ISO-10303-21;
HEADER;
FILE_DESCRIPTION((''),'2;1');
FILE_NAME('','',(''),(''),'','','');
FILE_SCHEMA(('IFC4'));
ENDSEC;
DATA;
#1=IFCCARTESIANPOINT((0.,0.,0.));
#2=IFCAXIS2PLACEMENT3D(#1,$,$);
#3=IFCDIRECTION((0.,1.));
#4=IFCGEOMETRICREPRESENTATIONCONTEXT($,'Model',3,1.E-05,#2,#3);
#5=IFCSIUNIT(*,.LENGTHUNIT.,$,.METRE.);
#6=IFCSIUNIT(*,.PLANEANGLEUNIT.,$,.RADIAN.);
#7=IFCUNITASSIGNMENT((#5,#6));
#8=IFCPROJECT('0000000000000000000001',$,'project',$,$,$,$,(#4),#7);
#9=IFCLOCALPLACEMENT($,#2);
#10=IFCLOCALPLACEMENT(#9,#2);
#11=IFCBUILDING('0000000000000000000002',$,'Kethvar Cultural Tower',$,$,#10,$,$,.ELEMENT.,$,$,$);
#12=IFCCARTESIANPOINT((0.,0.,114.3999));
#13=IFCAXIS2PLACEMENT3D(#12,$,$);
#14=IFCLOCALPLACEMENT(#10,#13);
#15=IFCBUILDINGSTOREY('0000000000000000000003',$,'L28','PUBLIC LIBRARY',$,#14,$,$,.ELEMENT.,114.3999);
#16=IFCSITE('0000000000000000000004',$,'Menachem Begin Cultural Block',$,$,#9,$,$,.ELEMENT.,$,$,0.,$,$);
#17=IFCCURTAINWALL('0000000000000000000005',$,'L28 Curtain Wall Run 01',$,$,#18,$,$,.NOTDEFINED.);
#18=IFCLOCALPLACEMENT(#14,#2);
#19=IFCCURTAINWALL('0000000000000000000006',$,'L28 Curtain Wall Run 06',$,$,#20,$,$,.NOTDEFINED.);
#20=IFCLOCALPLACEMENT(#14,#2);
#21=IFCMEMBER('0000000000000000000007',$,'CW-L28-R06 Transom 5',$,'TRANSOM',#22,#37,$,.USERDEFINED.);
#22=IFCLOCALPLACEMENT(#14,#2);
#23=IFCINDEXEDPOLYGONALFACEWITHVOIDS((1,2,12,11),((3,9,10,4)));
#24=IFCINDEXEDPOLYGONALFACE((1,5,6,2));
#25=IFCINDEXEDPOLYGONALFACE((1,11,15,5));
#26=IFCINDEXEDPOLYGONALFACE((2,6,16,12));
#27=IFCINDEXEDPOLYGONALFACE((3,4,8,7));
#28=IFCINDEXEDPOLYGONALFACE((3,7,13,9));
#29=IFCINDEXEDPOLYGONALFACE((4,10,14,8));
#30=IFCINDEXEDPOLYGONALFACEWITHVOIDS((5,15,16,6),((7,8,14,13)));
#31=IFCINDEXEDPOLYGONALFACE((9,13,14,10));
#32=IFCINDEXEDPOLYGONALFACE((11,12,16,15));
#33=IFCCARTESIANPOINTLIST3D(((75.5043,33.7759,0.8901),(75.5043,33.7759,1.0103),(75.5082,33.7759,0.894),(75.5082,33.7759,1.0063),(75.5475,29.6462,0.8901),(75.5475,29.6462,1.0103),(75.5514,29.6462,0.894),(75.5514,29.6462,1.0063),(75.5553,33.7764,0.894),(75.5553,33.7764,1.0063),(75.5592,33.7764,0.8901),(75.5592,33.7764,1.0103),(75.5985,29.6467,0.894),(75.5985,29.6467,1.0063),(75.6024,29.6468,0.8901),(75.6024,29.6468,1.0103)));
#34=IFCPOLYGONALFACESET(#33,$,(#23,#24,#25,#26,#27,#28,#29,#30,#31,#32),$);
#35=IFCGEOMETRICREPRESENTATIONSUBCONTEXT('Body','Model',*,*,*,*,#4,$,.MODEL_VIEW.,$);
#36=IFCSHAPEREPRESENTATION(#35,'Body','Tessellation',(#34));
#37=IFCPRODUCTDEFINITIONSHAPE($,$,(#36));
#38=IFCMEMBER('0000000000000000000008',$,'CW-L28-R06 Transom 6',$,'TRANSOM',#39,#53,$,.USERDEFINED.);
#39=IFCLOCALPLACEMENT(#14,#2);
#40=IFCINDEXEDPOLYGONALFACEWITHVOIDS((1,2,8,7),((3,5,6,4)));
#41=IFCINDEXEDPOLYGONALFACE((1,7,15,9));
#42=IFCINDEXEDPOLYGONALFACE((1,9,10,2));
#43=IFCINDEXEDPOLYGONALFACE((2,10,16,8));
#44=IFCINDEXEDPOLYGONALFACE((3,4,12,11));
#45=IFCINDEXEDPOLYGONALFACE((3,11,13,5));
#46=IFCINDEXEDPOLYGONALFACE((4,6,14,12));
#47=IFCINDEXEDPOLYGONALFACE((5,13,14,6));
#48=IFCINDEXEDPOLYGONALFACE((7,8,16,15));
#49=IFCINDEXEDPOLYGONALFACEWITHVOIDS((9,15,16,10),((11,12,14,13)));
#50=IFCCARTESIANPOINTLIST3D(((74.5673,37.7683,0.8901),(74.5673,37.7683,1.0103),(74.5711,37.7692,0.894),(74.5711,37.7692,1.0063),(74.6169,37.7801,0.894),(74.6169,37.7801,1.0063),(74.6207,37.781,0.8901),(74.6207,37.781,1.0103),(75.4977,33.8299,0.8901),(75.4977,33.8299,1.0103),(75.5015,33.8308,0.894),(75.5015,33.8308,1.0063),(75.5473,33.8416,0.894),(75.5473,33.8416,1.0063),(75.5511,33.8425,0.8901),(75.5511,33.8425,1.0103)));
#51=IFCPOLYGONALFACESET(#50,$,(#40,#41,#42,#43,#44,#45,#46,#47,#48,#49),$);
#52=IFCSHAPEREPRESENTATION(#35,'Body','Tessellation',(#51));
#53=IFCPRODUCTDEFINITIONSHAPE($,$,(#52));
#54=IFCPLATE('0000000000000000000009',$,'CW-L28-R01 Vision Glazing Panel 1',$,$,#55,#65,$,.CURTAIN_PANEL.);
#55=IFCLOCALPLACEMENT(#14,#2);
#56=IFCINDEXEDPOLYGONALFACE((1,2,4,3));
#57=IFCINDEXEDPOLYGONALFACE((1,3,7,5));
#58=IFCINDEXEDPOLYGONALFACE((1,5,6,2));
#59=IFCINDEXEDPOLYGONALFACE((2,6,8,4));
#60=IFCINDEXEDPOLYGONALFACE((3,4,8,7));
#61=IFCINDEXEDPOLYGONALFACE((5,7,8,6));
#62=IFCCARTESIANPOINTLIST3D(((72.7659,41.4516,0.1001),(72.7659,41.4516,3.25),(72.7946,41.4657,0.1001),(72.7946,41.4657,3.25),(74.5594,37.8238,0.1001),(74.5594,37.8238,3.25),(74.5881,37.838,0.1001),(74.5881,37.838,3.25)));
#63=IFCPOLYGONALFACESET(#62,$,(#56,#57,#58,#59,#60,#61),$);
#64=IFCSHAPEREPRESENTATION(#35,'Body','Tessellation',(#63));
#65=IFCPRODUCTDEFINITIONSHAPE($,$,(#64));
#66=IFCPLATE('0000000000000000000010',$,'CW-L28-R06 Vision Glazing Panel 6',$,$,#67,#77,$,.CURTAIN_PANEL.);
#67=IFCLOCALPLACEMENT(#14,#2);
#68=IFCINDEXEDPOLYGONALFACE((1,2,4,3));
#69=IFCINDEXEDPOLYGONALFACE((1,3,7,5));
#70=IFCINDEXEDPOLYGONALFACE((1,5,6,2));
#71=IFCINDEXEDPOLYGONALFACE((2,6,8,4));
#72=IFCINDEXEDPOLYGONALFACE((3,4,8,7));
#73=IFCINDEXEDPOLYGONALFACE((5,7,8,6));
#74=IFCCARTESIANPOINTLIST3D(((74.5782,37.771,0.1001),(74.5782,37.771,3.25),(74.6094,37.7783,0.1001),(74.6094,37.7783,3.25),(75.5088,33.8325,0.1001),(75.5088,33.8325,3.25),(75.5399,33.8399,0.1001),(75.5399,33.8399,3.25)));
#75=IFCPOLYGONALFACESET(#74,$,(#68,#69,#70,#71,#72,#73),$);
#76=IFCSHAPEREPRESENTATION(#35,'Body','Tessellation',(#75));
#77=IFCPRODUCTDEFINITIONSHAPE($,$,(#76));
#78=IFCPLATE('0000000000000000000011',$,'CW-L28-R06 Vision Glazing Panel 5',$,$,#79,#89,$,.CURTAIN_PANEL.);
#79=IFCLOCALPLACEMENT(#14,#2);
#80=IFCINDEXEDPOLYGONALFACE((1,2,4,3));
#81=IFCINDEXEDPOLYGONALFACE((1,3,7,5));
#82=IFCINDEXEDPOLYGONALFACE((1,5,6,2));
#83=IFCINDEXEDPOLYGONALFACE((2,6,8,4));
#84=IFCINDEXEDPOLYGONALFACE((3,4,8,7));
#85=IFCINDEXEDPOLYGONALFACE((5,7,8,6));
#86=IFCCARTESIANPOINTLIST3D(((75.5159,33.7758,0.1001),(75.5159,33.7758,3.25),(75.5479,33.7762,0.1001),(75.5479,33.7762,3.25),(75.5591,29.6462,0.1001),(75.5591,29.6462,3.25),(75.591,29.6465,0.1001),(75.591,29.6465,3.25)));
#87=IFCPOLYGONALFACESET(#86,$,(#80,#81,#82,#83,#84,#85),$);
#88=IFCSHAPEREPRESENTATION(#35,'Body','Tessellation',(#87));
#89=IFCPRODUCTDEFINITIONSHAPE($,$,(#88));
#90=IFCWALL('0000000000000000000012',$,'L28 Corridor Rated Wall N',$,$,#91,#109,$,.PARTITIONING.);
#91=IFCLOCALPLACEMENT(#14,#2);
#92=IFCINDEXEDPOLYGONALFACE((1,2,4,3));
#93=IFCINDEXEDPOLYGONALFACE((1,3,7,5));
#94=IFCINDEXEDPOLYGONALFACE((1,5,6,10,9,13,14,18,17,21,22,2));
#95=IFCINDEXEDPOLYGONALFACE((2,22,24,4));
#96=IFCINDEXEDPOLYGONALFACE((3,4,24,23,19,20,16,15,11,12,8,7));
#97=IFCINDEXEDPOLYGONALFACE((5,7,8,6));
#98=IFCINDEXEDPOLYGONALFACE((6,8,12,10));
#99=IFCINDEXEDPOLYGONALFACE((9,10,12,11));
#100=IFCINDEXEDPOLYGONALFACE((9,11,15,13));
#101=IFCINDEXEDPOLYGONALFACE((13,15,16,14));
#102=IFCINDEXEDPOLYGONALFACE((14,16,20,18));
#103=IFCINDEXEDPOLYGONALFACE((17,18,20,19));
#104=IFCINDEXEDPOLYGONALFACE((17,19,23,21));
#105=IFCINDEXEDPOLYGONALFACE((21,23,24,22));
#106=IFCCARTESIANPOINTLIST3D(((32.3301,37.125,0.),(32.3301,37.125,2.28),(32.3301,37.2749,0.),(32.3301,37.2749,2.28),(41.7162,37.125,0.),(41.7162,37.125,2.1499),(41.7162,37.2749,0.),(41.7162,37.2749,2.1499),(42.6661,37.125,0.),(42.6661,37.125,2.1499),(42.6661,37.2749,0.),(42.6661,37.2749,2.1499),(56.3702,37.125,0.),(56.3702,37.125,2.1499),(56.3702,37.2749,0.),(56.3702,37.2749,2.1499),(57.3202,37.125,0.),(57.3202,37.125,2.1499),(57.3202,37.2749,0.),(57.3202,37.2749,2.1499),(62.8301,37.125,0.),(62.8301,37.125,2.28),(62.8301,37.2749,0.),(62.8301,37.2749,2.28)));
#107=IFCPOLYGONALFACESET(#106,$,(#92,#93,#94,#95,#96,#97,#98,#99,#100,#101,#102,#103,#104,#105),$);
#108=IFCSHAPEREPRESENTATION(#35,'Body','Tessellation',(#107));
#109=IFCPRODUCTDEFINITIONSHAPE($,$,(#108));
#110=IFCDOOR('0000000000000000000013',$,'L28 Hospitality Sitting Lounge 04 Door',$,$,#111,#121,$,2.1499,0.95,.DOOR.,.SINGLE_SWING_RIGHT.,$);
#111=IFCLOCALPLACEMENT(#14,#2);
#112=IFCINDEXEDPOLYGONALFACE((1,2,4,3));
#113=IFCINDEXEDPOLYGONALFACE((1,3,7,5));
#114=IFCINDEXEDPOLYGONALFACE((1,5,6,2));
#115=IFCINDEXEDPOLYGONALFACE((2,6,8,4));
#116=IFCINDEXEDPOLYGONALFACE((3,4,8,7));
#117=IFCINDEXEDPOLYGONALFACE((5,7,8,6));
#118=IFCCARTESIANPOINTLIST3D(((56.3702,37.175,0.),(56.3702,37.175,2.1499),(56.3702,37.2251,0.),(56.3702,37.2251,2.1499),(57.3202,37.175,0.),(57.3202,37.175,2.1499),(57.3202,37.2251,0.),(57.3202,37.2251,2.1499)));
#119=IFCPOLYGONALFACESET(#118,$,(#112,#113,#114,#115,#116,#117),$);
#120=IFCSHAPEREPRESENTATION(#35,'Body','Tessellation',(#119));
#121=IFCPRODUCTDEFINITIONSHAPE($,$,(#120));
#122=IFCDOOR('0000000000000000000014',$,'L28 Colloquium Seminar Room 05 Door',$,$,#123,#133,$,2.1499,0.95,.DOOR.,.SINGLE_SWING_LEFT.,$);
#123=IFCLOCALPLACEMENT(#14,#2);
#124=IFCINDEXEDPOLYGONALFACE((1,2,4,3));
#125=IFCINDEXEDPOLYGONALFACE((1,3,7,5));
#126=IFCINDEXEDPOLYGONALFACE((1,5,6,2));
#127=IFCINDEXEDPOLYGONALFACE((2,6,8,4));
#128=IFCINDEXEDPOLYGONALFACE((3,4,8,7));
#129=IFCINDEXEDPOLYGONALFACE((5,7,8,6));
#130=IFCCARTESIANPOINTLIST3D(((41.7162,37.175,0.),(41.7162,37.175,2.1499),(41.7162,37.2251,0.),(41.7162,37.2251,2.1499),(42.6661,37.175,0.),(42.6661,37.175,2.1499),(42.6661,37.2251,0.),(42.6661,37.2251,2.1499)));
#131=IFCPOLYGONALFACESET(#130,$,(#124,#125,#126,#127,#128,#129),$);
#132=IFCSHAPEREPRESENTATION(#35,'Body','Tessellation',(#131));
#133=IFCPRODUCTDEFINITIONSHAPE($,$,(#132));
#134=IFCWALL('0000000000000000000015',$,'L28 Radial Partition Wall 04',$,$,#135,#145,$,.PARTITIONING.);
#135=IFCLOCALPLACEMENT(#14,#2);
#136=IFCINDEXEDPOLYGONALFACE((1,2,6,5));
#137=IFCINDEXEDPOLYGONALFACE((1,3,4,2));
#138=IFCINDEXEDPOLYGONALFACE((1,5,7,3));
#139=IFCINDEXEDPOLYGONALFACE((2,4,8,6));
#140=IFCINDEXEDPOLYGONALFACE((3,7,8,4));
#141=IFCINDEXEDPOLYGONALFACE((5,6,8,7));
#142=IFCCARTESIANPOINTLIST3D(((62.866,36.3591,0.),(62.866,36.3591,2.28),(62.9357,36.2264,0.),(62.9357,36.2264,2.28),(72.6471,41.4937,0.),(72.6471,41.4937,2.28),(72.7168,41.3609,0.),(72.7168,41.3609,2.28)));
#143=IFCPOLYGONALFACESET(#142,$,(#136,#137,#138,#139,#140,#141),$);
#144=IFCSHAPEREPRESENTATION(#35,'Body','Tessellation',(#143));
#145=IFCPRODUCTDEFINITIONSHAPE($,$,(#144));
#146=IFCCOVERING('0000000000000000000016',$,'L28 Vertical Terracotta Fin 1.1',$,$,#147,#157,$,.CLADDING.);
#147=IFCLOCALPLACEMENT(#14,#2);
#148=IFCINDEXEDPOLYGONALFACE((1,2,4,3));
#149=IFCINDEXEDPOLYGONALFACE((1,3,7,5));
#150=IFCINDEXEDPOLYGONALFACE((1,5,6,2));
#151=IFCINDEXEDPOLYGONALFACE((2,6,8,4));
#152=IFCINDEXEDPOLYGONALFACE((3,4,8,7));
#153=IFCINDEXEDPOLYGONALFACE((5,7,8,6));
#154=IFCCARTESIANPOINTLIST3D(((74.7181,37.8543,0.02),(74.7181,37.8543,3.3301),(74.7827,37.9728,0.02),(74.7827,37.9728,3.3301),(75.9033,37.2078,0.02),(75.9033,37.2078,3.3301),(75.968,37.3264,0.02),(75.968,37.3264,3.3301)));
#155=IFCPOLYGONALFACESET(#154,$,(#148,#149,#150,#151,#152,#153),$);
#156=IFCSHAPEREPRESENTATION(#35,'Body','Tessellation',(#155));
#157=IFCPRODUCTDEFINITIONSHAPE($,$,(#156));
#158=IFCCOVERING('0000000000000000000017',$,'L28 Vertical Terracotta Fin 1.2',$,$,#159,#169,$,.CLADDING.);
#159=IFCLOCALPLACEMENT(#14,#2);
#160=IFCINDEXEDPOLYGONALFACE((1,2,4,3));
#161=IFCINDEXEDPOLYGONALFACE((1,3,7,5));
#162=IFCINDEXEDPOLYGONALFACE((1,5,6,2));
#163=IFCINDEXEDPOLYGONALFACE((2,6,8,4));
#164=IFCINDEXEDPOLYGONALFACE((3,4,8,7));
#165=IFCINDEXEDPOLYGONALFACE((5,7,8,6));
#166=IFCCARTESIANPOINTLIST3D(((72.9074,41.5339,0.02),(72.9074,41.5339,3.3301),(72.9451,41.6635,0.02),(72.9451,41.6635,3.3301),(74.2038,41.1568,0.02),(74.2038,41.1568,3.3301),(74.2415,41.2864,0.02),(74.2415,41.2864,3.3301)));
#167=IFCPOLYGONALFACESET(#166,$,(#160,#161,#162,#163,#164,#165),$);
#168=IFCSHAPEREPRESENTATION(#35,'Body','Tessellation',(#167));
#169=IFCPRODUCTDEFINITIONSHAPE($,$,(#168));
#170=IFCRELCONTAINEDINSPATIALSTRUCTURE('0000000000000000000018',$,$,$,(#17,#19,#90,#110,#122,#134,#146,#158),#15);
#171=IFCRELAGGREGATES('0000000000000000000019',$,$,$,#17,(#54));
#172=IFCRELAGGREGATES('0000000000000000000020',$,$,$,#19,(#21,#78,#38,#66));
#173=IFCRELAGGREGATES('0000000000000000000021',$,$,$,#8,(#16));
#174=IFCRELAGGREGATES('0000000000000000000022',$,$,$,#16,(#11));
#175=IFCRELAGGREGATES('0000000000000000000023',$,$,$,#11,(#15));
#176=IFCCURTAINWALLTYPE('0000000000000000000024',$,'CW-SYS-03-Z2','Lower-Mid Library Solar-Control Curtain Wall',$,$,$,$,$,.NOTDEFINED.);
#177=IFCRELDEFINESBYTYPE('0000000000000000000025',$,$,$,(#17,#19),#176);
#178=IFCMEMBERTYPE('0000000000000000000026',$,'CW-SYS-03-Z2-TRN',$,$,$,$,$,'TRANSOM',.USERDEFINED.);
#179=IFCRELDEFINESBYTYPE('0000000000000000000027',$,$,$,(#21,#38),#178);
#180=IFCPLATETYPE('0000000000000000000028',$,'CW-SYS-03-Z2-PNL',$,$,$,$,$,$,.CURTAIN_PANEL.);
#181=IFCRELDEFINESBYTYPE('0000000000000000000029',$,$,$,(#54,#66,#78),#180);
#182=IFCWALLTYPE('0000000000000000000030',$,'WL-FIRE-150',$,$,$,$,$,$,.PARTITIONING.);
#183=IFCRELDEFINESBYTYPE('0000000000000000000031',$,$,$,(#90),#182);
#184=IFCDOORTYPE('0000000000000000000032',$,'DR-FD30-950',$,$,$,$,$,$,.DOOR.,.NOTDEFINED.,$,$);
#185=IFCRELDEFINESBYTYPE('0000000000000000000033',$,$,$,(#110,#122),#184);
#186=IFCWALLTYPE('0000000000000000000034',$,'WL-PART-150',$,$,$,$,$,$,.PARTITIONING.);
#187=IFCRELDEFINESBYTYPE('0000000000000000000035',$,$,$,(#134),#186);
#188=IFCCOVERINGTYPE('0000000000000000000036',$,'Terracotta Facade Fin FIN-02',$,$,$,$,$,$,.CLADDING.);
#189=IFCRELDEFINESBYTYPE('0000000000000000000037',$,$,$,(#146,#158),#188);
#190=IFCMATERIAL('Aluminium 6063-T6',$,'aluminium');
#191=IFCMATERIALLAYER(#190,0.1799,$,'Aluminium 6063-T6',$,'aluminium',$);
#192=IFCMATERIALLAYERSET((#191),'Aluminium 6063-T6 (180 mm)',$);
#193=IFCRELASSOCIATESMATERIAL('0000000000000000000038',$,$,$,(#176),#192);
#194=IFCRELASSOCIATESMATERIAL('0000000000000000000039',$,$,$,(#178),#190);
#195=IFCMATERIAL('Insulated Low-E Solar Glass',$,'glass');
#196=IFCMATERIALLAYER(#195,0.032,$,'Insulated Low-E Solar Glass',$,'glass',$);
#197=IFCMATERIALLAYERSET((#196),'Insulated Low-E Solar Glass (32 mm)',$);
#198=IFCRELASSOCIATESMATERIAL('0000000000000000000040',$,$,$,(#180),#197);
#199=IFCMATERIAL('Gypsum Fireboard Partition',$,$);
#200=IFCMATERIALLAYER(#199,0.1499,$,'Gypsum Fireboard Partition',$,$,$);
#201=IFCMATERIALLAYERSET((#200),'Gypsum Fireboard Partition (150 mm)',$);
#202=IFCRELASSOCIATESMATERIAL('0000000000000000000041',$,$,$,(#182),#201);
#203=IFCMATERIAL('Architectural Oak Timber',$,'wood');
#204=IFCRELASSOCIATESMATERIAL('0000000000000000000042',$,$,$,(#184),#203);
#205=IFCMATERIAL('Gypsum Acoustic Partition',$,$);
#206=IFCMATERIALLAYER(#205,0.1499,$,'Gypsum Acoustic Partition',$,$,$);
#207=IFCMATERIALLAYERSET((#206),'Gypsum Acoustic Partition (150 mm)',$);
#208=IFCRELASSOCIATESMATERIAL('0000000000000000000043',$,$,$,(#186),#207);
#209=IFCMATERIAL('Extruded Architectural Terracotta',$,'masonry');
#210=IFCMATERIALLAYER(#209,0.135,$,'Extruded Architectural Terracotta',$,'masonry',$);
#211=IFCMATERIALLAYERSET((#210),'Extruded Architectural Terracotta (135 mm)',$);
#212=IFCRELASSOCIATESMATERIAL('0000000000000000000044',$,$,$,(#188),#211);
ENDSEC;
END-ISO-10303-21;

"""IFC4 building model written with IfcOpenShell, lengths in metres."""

from ifc_helpers import new_model, si_unit, direction, frame, frame_2d, origin, origin_2d, place, context, subcontext, project, spatial, rectangle, hollow_rectangle, extrude, source, transform, mapped, material, layer, layer_set, material_profile, profile_set, type_object, element, fill, aggregate, save


model = new_model("IFC4")

# Units and contexts
model_context = context("Model", 3, precision=1e-05, world=origin(), true_north=direction((0.0, 1.0)))
body_context = subcontext(model_context, "Body", "Model", "MODEL_VIEW")
ifc_project = project(units=[si_unit("LENGTHUNIT", "METRE"), si_unit("PLANEANGLEUNIT", "RADIAN")], contexts=[model_context])

# Site, building, storey
site_placement = place(None, origin())
site = spatial("IfcSite", under=ifc_project, at=site_placement, Name="Menachem Begin Cultural Block", CompositionType="ELEMENT", RefElevation=0.0)
building_placement = place(site_placement, origin())
building = spatial("IfcBuilding", under=site, at=building_placement, Name="Kethvar Cultural Tower", CompositionType="ELEMENT")
storey_placement = place(building_placement, frame((0.0, 0.0, 114.3999)))
storey = spatial("IfcBuildingStorey", under=building, at=storey_placement, Name="L28", Description="PUBLIC LIBRARY", CompositionType="ELEMENT", Elevation=114.3999)

# Curtain walls
ifc_material_1 = material(Name="Aluminium 6063-T6", Category="aluminium")
ifc_layer_1 = layer(ifc_material_1, 0.1799, Name="Aluminium 6063-T6", Category="aluminium")
ifc_layer_set_1 = layer_set([ifc_layer_1], Name="Aluminium 6063-T6 (180 mm)")
curtain_wall_type = type_object("IfcCurtainWallType", Name="CW-SYS-03-Z2", Description="Lower-Mid Library Solar-Control Curtain Wall", PredefinedType="NOTDEFINED", material=ifc_layer_set_1)
curtain_wall_1_placement = place(storey_placement, origin())
curtain_wall_1 = element("IfcCurtainWall", 1, at=curtain_wall_1_placement, inside=storey, type_object=curtain_wall_type, Name="L28 Curtain Wall Run 01", PredefinedType="NOTDEFINED")
curtain_wall_2_placement = place(storey_placement, origin())
curtain_wall_2 = element("IfcCurtainWall", 2, at=curtain_wall_2_placement, inside=storey, type_object=curtain_wall_type, Name="L28 Curtain Wall Run 06", PredefinedType="NOTDEFINED")

# Members
ifc_material_profile_1 = material_profile(ifc_material_1, hollow_rectangle(XDim=0.0549, YDim=0.1201, WallThickness=0.0039, at=origin_2d()), Name="Aluminium 6063-T6 — RHS120x55x4")
ifc_profile_set_1 = profile_set([ifc_material_profile_1], Name="Aluminium 6063-T6 — RHS120x55x4")
member_type_1 = type_object("IfcMemberType", Name="CW-SYS-03-Z2-TRN", ElementType="TRANSOM", PredefinedType="USERDEFINED", material=ifc_profile_set_1)
shared_shape_1 = source(origin(), body_context, "Body", "SweptSolid", [
    extrude(hollow_rectangle(XDim=0.0549, YDim=0.1201, WallThickness=0.0039, at=origin_2d()), origin(), (0.0, 0.0, 1.0), 4.1299),
])
member_1_placement = place(storey_placement, frame((75.575, 29.6465, 0.9502), z_axis=(-0.010464, 0.999945, 0.0), x_axis=(-0.999945, -0.010464, 0.0)))
member_1 = element("IfcMember", 3, at=member_1_placement, type_object=member_type_1, Name="CW-L28-R06 Transom 5", ObjectType="TRANSOM", PredefinedType="USERDEFINED", context=body_context, shape_type="MappedRepresentation", body=[
    mapped(shared_shape_1, transform((0.0, 0.0, 0.0), scale=1.0)),
])
shared_shape_2 = source(origin(), body_context, "Body", "SweptSolid", [
    extrude(hollow_rectangle(XDim=0.0549, YDim=0.1201, WallThickness=0.0039, at=origin_2d()), origin(), (0.0, 0.0, 1.0), 4.0469),
])
member_2_placement = place(storey_placement, frame((75.5244, 33.8362, 0.9502), z_axis=(-0.22991, 0.973212, 0.0), x_axis=(-0.973212, -0.22991, 0.0)))
member_2 = element("IfcMember", 4, at=member_2_placement, type_object=member_type_1, Name="CW-L28-R06 Transom 6", ObjectType="TRANSOM", PredefinedType="USERDEFINED", context=body_context, shape_type="MappedRepresentation", body=[
    mapped(shared_shape_2, transform((0.0, 0.0, 0.0), scale=1.0)),
])

# Plates
ifc_material_2 = material(Name="Insulated Low-E Solar Glass", Category="glass")
ifc_layer_2 = layer(ifc_material_2, 0.032, Name="Insulated Low-E Solar Glass", Category="glass")
ifc_layer_set_2 = layer_set([ifc_layer_2], Name="Insulated Low-E Solar Glass (32 mm)")
plate_type = type_object("IfcPlateType", Name="CW-SYS-03-Z2-PNL", PredefinedType="CURTAIN_PANEL", material=ifc_layer_set_2)
shared_shape_3 = source(origin(), body_context, "Body", "SweptSolid", [
    extrude(rectangle(XDim=4.0469, YDim=0.032, at=origin_2d()), origin(), (0.0, 0.0, 1.0), 3.1499),
])
plate_1_placement = place(storey_placement, frame((73.677, 39.6448, 0.1001), z_axis=(0.0, 0.0, 1.0), x_axis=(-0.443181, 0.896432, 0.0)))
plate_1 = element("IfcPlate", 5, at=plate_1_placement, type_object=plate_type, Name="CW-L28-R01 Vision Glazing Panel 1", PredefinedType="CURTAIN_PANEL", context=body_context, shape_type="MappedRepresentation", body=[
    mapped(shared_shape_3, transform((0.0, 0.0, 0.0), scale=1.0)),
])
aggregate(curtain_wall_1, [plate_1])
plate_2_placement = place(storey_placement, frame((75.0591, 35.8054, 0.1001), z_axis=(0.0, 0.0, 1.0), x_axis=(-0.229948, 0.973203, 0.0)))
plate_2 = element("IfcPlate", 6, at=plate_2_placement, type_object=plate_type, Name="CW-L28-R06 Vision Glazing Panel 6", PredefinedType="CURTAIN_PANEL", context=body_context, shape_type="MappedRepresentation", body=[
    mapped(shared_shape_3, transform((0.0, 0.0, 0.0), scale=1.0)),
])
shared_shape_4 = source(origin(), body_context, "Body", "SweptSolid", [
    extrude(rectangle(XDim=4.1299, YDim=0.032, at=origin_2d()), origin(), (0.0, 0.0, 1.0), 3.1499),
])
plate_3_placement = place(storey_placement, frame((75.5535, 31.7112, 0.1001), z_axis=(0.0, 0.0, 1.0), x_axis=(-0.010454, 0.999945, 0.0)))
plate_3 = element("IfcPlate", 7, at=plate_3_placement, type_object=plate_type, Name="CW-L28-R06 Vision Glazing Panel 5", PredefinedType="CURTAIN_PANEL", context=body_context, shape_type="MappedRepresentation", body=[
    mapped(shared_shape_4, transform((0.0, 0.0, 0.0), scale=1.0)),
])
aggregate(curtain_wall_2, [member_1, plate_3, member_2, plate_2])

# Wall, openings, doors
ifc_material_3 = material(Name="Gypsum Fireboard Partition")
ifc_layer_3 = layer(ifc_material_3, 0.1499, Name="Gypsum Fireboard Partition")
ifc_layer_set_3 = layer_set([ifc_layer_3], Name="Gypsum Fireboard Partition (150 mm)")
wall_type_1 = type_object("IfcWallType", Name="WL-FIRE-150", PredefinedType="PARTITIONING", material=ifc_layer_set_3)
wall_1_placement = place(storey_placement, frame((62.8301, 37.2, 0.0), z_axis=(0.0, 0.0, 1.0), x_axis=(-1.0, 0.0, 0.0)))
wall_1 = element("IfcWall", 8, at=wall_1_placement, inside=storey, type_object=wall_type_1, Name="L28 Corridor Rated Wall N", PredefinedType="PARTITIONING", context=body_context, shape_type="SweptSolid", body=[
    extrude(rectangle(XDim=30.5, YDim=0.1499, at=frame_2d((15.25, 0.0))), origin(), (0.0, 0.0, 1.0), 2.28),
])
opening_1_placement = place(wall_1_placement, frame((5.5098, 0.0, 0.0)))
opening_1 = element("IfcOpeningElement", 9, at=opening_1_placement, cuts=wall_1, PredefinedType="OPENING", context=body_context, shape_type="SweptSolid", body=[
    extrude(rectangle(XDim=0.95, YDim=2.1499, at=frame_2d((0.4751, 1.075))), frame((0.0, 0.085, 0.0), z_axis=(0.0, -1.0, 0.0), x_axis=(1.0, 0.0, 0.0)), (0.0, 0.0, 1.0), 0.1699),
])
opening_2_placement = place(wall_1_placement, frame((20.1638, 0.0, 0.0)))
opening_2 = element("IfcOpeningElement", 10, at=opening_2_placement, cuts=wall_1, PredefinedType="OPENING", context=body_context, shape_type="SweptSolid", body=[
    extrude(rectangle(XDim=0.95, YDim=2.1499, at=frame_2d((0.4751, 1.075))), frame((0.0, 0.085, 0.0), z_axis=(0.0, -1.0, 0.0), x_axis=(1.0, 0.0, 0.0)), (0.0, 0.0, 1.0), 0.1699),
])
ifc_material_4 = material(Name="Architectural Oak Timber", Category="wood")
door_type = type_object("IfcDoorType", Name="DR-FD30-950", OperationType="NOTDEFINED", PredefinedType="DOOR", material=ifc_material_4)
shared_shape_5 = source(origin(), body_context, "Body", "SweptSolid", [
    extrude(rectangle(XDim=0.95, YDim=2.1499, at=frame_2d((0.4751, 1.075))), frame((0.0, 0.0249, 0.0), z_axis=(0.0, -1.0, 0.0), x_axis=(1.0, 0.0, 0.0)), (0.0, 0.0, 1.0), 0.05),
])
door_1_placement = place(opening_1_placement, origin())
door_1 = element("IfcDoor", 11, at=door_1_placement, inside=storey, type_object=door_type, Name="L28 Hospitality Sitting Lounge 04 Door", OperationType="SINGLE_SWING_RIGHT", OverallHeight=2.1499, OverallWidth=0.95, PredefinedType="DOOR", context=body_context, shape_type="MappedRepresentation", body=[
    mapped(shared_shape_5, transform((0.0, 0.0, 0.0), scale=1.0)),
])
fill(opening_1, door_1)
door_2_placement = place(opening_2_placement, origin())
door_2 = element("IfcDoor", 12, at=door_2_placement, inside=storey, type_object=door_type, Name="L28 Colloquium Seminar Room 05 Door", OperationType="SINGLE_SWING_LEFT", OverallHeight=2.1499, OverallWidth=0.95, PredefinedType="DOOR", context=body_context, shape_type="MappedRepresentation", body=[
    mapped(shared_shape_5, transform((0.0, 0.0, 0.0), scale=1.0)),
])
fill(opening_2, door_2)

# Wall
ifc_material_5 = material(Name="Gypsum Acoustic Partition")
ifc_layer_4 = layer(ifc_material_5, 0.1499, Name="Gypsum Acoustic Partition")
ifc_layer_set_4 = layer_set([ifc_layer_4], Name="Gypsum Acoustic Partition (150 mm)")
wall_type_2 = type_object("IfcWallType", Name="WL-PART-150", PredefinedType="PARTITIONING", material=ifc_layer_set_4)
wall_2_placement = place(storey_placement, frame((62.9009, 36.2927, 0.0), z_axis=(0.0, 0.0, 1.0), x_axis=(0.885417, 0.464798, 0.0)))
element("IfcWall", 13, at=wall_2_placement, inside=storey, type_object=wall_type_2, Name="L28 Radial Partition Wall 04", PredefinedType="PARTITIONING", context=body_context, shape_type="SweptSolid", body=[
    extrude(rectangle(XDim=11.0469, YDim=0.1499, at=frame_2d((5.5234, 0.0))), origin(), (0.0, 0.0, 1.0), 2.28),
])

# Coverings
ifc_material_6 = material(Name="Extruded Architectural Terracotta", Category="masonry")
ifc_layer_5 = layer(ifc_material_6, 0.135, Name="Extruded Architectural Terracotta", Category="masonry")
ifc_layer_set_5 = layer_set([ifc_layer_5], Name="Extruded Architectural Terracotta (135 mm)")
covering_type = type_object("IfcCoveringType", Name="Terracotta Facade Fin FIN-02", PredefinedType="CLADDING", material=ifc_layer_set_5)
shared_shape_6 = source(origin(), body_context, "Body", "SweptSolid", [
    extrude(rectangle(XDim=1.3501, YDim=0.135, at=origin_2d()), origin(), (0.0, 0.0, 1.0), 3.3101),
])
for number, where, z_axis, x_axis, name in (
    (14, (75.343, 37.5903, 0.02), (0.0, 0.0, 1.0), (0.877899, -0.478845, 0.0), "L28 Vertical Terracotta Fin 1.1"),
    (15, (73.5745, 41.4102, 0.02), (0.0, 0.0, 1.0), (0.960196, -0.279326, 0.0), "L28 Vertical Terracotta Fin 1.2"),
):
    element("IfcCovering", number, at=place(storey_placement, frame(where, z_axis=z_axis, x_axis=x_axis)), inside=storey, type_object=covering_type, Name=name, PredefinedType="CLADDING", context=body_context, shape_type="MappedRepresentation", body=[
        mapped(shared_shape_6, transform((0.0, 0.0, 0.0), scale=1.0)),
    ])

save(model, "model.ifc")
